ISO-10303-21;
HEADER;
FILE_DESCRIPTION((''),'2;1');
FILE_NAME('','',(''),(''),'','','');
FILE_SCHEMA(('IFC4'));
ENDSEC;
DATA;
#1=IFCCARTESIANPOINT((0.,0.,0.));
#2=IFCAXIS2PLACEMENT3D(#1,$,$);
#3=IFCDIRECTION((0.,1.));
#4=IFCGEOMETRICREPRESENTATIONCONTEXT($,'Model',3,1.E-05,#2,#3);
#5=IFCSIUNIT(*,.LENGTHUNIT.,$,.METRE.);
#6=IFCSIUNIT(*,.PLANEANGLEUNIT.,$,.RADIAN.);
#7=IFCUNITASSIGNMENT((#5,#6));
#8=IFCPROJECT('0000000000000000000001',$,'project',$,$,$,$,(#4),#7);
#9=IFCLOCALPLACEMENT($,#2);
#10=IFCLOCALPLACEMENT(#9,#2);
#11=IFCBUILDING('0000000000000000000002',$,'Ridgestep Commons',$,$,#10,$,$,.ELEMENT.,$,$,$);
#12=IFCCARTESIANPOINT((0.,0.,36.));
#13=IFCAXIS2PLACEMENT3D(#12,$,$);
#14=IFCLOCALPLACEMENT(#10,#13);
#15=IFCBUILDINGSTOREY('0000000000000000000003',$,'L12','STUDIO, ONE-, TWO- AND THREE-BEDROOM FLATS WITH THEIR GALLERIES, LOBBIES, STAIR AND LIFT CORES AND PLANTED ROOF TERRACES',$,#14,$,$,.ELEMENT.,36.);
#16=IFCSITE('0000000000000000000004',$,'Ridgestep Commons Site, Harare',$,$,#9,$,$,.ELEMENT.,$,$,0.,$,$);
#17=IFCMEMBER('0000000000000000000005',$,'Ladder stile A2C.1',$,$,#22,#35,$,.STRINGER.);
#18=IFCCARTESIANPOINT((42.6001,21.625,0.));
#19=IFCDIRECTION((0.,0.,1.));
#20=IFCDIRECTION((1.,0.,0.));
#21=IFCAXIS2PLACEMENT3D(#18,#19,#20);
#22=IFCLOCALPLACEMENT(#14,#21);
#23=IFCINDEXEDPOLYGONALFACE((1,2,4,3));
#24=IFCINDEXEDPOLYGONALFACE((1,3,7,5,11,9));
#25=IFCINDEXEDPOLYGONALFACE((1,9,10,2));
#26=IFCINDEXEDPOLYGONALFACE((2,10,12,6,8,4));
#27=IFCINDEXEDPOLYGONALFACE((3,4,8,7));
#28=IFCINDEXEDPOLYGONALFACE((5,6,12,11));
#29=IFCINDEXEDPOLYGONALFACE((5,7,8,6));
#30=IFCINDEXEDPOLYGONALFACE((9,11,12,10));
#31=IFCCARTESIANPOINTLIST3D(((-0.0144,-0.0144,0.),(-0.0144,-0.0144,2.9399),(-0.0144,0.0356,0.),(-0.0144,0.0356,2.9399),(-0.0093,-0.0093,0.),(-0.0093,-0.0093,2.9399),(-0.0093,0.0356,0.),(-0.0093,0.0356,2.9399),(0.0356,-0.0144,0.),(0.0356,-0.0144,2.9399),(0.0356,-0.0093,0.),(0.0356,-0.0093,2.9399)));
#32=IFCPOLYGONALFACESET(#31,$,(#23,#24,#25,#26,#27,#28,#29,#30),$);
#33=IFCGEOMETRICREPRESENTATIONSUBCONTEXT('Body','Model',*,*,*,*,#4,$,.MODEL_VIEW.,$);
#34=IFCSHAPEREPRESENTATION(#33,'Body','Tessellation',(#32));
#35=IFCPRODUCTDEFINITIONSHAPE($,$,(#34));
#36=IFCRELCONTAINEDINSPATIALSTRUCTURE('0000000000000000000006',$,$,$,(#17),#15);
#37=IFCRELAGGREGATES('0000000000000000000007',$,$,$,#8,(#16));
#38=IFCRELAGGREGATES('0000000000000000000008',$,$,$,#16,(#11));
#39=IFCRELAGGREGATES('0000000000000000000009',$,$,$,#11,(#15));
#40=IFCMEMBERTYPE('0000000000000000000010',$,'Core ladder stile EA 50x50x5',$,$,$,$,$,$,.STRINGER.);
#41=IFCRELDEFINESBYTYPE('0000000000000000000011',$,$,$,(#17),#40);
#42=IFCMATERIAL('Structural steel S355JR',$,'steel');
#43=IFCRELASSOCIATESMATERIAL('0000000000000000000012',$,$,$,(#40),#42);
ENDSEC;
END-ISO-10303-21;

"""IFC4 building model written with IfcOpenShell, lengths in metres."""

from ifc_helpers import new_model, si_unit, direction, frame, origin, place, context, subcontext, project, spatial, polyline, outline, extrude, material, material_profile, profile_set, type_object, element, save


model = new_model("IFC4")

# Units and contexts
model_context = context("Model", 3, precision=1e-05, world=origin(), true_north=direction((0.0, 1.0)))
body_context = subcontext(model_context, "Body", "Model", "MODEL_VIEW")
ifc_project = project(units=[si_unit("LENGTHUNIT", "METRE"), si_unit("PLANEANGLEUNIT", "RADIAN")], contexts=[model_context])

# Site, building, storey
site_placement = place(None, origin())
site = spatial("IfcSite", under=ifc_project, at=site_placement, Name="Ridgestep Commons Site, Harare", CompositionType="ELEMENT", RefElevation=0.0)
building_placement = place(site_placement, origin())
building = spatial("IfcBuilding", under=site, at=building_placement, Name="Ridgestep Commons", CompositionType="ELEMENT")
storey_placement = place(building_placement, frame((0.0, 0.0, 36.0)))
storey = spatial("IfcBuildingStorey", under=building, at=storey_placement, Name="L12", Description="STUDIO, ONE-, TWO- AND THREE-BEDROOM FLATS WITH THEIR GALLERIES, LOBBIES, STAIR AND LIFT CORES AND PLANTED ROOF TERRACES", CompositionType="ELEMENT", Elevation=36.0)

# Member
ifc_material_1 = material(Name="Structural steel S355JR", Category="steel")
ifc_material_profile_1 = material_profile(ifc_material_1, outline(polyline([(-0.0144, -0.0144), (0.0356, -0.0144), (0.0356, -0.0093), (-0.0093, -0.0093), (-0.0093, 0.0356), (-0.0144, 0.0356), (-0.0144, -0.0144)])), Name="EA 50x50x5")
ifc_profile_set_1 = profile_set([ifc_material_profile_1], Name="Structural steel S355JR")
member_type_1 = type_object("IfcMemberType", Name="Core ladder stile EA 50x50x5", PredefinedType="STRINGER", material=ifc_profile_set_1)
member_placement = place(storey_placement, frame((42.6001, 21.625, 0.0), z_axis=(0.0, 0.0, 1.0), x_axis=(1.0, 0.0, 0.0)))
element("IfcMember", 1, at=member_placement, inside=storey, type_object=member_type_1, Name="Ladder stile A2C.1", PredefinedType="STRINGER", context=body_context, shape_type="SweptSolid", body=[
    extrude(outline(polyline([(-0.0144, -0.0144), (0.0356, -0.0144), (0.0356, -0.0093), (-0.0093, -0.0093), (-0.0093, 0.0356), (-0.0144, 0.0356), (-0.0144, -0.0144)])), origin(), (0.0, 0.0, 1.0), 2.9399),
])

save(model, "model.ifc")
